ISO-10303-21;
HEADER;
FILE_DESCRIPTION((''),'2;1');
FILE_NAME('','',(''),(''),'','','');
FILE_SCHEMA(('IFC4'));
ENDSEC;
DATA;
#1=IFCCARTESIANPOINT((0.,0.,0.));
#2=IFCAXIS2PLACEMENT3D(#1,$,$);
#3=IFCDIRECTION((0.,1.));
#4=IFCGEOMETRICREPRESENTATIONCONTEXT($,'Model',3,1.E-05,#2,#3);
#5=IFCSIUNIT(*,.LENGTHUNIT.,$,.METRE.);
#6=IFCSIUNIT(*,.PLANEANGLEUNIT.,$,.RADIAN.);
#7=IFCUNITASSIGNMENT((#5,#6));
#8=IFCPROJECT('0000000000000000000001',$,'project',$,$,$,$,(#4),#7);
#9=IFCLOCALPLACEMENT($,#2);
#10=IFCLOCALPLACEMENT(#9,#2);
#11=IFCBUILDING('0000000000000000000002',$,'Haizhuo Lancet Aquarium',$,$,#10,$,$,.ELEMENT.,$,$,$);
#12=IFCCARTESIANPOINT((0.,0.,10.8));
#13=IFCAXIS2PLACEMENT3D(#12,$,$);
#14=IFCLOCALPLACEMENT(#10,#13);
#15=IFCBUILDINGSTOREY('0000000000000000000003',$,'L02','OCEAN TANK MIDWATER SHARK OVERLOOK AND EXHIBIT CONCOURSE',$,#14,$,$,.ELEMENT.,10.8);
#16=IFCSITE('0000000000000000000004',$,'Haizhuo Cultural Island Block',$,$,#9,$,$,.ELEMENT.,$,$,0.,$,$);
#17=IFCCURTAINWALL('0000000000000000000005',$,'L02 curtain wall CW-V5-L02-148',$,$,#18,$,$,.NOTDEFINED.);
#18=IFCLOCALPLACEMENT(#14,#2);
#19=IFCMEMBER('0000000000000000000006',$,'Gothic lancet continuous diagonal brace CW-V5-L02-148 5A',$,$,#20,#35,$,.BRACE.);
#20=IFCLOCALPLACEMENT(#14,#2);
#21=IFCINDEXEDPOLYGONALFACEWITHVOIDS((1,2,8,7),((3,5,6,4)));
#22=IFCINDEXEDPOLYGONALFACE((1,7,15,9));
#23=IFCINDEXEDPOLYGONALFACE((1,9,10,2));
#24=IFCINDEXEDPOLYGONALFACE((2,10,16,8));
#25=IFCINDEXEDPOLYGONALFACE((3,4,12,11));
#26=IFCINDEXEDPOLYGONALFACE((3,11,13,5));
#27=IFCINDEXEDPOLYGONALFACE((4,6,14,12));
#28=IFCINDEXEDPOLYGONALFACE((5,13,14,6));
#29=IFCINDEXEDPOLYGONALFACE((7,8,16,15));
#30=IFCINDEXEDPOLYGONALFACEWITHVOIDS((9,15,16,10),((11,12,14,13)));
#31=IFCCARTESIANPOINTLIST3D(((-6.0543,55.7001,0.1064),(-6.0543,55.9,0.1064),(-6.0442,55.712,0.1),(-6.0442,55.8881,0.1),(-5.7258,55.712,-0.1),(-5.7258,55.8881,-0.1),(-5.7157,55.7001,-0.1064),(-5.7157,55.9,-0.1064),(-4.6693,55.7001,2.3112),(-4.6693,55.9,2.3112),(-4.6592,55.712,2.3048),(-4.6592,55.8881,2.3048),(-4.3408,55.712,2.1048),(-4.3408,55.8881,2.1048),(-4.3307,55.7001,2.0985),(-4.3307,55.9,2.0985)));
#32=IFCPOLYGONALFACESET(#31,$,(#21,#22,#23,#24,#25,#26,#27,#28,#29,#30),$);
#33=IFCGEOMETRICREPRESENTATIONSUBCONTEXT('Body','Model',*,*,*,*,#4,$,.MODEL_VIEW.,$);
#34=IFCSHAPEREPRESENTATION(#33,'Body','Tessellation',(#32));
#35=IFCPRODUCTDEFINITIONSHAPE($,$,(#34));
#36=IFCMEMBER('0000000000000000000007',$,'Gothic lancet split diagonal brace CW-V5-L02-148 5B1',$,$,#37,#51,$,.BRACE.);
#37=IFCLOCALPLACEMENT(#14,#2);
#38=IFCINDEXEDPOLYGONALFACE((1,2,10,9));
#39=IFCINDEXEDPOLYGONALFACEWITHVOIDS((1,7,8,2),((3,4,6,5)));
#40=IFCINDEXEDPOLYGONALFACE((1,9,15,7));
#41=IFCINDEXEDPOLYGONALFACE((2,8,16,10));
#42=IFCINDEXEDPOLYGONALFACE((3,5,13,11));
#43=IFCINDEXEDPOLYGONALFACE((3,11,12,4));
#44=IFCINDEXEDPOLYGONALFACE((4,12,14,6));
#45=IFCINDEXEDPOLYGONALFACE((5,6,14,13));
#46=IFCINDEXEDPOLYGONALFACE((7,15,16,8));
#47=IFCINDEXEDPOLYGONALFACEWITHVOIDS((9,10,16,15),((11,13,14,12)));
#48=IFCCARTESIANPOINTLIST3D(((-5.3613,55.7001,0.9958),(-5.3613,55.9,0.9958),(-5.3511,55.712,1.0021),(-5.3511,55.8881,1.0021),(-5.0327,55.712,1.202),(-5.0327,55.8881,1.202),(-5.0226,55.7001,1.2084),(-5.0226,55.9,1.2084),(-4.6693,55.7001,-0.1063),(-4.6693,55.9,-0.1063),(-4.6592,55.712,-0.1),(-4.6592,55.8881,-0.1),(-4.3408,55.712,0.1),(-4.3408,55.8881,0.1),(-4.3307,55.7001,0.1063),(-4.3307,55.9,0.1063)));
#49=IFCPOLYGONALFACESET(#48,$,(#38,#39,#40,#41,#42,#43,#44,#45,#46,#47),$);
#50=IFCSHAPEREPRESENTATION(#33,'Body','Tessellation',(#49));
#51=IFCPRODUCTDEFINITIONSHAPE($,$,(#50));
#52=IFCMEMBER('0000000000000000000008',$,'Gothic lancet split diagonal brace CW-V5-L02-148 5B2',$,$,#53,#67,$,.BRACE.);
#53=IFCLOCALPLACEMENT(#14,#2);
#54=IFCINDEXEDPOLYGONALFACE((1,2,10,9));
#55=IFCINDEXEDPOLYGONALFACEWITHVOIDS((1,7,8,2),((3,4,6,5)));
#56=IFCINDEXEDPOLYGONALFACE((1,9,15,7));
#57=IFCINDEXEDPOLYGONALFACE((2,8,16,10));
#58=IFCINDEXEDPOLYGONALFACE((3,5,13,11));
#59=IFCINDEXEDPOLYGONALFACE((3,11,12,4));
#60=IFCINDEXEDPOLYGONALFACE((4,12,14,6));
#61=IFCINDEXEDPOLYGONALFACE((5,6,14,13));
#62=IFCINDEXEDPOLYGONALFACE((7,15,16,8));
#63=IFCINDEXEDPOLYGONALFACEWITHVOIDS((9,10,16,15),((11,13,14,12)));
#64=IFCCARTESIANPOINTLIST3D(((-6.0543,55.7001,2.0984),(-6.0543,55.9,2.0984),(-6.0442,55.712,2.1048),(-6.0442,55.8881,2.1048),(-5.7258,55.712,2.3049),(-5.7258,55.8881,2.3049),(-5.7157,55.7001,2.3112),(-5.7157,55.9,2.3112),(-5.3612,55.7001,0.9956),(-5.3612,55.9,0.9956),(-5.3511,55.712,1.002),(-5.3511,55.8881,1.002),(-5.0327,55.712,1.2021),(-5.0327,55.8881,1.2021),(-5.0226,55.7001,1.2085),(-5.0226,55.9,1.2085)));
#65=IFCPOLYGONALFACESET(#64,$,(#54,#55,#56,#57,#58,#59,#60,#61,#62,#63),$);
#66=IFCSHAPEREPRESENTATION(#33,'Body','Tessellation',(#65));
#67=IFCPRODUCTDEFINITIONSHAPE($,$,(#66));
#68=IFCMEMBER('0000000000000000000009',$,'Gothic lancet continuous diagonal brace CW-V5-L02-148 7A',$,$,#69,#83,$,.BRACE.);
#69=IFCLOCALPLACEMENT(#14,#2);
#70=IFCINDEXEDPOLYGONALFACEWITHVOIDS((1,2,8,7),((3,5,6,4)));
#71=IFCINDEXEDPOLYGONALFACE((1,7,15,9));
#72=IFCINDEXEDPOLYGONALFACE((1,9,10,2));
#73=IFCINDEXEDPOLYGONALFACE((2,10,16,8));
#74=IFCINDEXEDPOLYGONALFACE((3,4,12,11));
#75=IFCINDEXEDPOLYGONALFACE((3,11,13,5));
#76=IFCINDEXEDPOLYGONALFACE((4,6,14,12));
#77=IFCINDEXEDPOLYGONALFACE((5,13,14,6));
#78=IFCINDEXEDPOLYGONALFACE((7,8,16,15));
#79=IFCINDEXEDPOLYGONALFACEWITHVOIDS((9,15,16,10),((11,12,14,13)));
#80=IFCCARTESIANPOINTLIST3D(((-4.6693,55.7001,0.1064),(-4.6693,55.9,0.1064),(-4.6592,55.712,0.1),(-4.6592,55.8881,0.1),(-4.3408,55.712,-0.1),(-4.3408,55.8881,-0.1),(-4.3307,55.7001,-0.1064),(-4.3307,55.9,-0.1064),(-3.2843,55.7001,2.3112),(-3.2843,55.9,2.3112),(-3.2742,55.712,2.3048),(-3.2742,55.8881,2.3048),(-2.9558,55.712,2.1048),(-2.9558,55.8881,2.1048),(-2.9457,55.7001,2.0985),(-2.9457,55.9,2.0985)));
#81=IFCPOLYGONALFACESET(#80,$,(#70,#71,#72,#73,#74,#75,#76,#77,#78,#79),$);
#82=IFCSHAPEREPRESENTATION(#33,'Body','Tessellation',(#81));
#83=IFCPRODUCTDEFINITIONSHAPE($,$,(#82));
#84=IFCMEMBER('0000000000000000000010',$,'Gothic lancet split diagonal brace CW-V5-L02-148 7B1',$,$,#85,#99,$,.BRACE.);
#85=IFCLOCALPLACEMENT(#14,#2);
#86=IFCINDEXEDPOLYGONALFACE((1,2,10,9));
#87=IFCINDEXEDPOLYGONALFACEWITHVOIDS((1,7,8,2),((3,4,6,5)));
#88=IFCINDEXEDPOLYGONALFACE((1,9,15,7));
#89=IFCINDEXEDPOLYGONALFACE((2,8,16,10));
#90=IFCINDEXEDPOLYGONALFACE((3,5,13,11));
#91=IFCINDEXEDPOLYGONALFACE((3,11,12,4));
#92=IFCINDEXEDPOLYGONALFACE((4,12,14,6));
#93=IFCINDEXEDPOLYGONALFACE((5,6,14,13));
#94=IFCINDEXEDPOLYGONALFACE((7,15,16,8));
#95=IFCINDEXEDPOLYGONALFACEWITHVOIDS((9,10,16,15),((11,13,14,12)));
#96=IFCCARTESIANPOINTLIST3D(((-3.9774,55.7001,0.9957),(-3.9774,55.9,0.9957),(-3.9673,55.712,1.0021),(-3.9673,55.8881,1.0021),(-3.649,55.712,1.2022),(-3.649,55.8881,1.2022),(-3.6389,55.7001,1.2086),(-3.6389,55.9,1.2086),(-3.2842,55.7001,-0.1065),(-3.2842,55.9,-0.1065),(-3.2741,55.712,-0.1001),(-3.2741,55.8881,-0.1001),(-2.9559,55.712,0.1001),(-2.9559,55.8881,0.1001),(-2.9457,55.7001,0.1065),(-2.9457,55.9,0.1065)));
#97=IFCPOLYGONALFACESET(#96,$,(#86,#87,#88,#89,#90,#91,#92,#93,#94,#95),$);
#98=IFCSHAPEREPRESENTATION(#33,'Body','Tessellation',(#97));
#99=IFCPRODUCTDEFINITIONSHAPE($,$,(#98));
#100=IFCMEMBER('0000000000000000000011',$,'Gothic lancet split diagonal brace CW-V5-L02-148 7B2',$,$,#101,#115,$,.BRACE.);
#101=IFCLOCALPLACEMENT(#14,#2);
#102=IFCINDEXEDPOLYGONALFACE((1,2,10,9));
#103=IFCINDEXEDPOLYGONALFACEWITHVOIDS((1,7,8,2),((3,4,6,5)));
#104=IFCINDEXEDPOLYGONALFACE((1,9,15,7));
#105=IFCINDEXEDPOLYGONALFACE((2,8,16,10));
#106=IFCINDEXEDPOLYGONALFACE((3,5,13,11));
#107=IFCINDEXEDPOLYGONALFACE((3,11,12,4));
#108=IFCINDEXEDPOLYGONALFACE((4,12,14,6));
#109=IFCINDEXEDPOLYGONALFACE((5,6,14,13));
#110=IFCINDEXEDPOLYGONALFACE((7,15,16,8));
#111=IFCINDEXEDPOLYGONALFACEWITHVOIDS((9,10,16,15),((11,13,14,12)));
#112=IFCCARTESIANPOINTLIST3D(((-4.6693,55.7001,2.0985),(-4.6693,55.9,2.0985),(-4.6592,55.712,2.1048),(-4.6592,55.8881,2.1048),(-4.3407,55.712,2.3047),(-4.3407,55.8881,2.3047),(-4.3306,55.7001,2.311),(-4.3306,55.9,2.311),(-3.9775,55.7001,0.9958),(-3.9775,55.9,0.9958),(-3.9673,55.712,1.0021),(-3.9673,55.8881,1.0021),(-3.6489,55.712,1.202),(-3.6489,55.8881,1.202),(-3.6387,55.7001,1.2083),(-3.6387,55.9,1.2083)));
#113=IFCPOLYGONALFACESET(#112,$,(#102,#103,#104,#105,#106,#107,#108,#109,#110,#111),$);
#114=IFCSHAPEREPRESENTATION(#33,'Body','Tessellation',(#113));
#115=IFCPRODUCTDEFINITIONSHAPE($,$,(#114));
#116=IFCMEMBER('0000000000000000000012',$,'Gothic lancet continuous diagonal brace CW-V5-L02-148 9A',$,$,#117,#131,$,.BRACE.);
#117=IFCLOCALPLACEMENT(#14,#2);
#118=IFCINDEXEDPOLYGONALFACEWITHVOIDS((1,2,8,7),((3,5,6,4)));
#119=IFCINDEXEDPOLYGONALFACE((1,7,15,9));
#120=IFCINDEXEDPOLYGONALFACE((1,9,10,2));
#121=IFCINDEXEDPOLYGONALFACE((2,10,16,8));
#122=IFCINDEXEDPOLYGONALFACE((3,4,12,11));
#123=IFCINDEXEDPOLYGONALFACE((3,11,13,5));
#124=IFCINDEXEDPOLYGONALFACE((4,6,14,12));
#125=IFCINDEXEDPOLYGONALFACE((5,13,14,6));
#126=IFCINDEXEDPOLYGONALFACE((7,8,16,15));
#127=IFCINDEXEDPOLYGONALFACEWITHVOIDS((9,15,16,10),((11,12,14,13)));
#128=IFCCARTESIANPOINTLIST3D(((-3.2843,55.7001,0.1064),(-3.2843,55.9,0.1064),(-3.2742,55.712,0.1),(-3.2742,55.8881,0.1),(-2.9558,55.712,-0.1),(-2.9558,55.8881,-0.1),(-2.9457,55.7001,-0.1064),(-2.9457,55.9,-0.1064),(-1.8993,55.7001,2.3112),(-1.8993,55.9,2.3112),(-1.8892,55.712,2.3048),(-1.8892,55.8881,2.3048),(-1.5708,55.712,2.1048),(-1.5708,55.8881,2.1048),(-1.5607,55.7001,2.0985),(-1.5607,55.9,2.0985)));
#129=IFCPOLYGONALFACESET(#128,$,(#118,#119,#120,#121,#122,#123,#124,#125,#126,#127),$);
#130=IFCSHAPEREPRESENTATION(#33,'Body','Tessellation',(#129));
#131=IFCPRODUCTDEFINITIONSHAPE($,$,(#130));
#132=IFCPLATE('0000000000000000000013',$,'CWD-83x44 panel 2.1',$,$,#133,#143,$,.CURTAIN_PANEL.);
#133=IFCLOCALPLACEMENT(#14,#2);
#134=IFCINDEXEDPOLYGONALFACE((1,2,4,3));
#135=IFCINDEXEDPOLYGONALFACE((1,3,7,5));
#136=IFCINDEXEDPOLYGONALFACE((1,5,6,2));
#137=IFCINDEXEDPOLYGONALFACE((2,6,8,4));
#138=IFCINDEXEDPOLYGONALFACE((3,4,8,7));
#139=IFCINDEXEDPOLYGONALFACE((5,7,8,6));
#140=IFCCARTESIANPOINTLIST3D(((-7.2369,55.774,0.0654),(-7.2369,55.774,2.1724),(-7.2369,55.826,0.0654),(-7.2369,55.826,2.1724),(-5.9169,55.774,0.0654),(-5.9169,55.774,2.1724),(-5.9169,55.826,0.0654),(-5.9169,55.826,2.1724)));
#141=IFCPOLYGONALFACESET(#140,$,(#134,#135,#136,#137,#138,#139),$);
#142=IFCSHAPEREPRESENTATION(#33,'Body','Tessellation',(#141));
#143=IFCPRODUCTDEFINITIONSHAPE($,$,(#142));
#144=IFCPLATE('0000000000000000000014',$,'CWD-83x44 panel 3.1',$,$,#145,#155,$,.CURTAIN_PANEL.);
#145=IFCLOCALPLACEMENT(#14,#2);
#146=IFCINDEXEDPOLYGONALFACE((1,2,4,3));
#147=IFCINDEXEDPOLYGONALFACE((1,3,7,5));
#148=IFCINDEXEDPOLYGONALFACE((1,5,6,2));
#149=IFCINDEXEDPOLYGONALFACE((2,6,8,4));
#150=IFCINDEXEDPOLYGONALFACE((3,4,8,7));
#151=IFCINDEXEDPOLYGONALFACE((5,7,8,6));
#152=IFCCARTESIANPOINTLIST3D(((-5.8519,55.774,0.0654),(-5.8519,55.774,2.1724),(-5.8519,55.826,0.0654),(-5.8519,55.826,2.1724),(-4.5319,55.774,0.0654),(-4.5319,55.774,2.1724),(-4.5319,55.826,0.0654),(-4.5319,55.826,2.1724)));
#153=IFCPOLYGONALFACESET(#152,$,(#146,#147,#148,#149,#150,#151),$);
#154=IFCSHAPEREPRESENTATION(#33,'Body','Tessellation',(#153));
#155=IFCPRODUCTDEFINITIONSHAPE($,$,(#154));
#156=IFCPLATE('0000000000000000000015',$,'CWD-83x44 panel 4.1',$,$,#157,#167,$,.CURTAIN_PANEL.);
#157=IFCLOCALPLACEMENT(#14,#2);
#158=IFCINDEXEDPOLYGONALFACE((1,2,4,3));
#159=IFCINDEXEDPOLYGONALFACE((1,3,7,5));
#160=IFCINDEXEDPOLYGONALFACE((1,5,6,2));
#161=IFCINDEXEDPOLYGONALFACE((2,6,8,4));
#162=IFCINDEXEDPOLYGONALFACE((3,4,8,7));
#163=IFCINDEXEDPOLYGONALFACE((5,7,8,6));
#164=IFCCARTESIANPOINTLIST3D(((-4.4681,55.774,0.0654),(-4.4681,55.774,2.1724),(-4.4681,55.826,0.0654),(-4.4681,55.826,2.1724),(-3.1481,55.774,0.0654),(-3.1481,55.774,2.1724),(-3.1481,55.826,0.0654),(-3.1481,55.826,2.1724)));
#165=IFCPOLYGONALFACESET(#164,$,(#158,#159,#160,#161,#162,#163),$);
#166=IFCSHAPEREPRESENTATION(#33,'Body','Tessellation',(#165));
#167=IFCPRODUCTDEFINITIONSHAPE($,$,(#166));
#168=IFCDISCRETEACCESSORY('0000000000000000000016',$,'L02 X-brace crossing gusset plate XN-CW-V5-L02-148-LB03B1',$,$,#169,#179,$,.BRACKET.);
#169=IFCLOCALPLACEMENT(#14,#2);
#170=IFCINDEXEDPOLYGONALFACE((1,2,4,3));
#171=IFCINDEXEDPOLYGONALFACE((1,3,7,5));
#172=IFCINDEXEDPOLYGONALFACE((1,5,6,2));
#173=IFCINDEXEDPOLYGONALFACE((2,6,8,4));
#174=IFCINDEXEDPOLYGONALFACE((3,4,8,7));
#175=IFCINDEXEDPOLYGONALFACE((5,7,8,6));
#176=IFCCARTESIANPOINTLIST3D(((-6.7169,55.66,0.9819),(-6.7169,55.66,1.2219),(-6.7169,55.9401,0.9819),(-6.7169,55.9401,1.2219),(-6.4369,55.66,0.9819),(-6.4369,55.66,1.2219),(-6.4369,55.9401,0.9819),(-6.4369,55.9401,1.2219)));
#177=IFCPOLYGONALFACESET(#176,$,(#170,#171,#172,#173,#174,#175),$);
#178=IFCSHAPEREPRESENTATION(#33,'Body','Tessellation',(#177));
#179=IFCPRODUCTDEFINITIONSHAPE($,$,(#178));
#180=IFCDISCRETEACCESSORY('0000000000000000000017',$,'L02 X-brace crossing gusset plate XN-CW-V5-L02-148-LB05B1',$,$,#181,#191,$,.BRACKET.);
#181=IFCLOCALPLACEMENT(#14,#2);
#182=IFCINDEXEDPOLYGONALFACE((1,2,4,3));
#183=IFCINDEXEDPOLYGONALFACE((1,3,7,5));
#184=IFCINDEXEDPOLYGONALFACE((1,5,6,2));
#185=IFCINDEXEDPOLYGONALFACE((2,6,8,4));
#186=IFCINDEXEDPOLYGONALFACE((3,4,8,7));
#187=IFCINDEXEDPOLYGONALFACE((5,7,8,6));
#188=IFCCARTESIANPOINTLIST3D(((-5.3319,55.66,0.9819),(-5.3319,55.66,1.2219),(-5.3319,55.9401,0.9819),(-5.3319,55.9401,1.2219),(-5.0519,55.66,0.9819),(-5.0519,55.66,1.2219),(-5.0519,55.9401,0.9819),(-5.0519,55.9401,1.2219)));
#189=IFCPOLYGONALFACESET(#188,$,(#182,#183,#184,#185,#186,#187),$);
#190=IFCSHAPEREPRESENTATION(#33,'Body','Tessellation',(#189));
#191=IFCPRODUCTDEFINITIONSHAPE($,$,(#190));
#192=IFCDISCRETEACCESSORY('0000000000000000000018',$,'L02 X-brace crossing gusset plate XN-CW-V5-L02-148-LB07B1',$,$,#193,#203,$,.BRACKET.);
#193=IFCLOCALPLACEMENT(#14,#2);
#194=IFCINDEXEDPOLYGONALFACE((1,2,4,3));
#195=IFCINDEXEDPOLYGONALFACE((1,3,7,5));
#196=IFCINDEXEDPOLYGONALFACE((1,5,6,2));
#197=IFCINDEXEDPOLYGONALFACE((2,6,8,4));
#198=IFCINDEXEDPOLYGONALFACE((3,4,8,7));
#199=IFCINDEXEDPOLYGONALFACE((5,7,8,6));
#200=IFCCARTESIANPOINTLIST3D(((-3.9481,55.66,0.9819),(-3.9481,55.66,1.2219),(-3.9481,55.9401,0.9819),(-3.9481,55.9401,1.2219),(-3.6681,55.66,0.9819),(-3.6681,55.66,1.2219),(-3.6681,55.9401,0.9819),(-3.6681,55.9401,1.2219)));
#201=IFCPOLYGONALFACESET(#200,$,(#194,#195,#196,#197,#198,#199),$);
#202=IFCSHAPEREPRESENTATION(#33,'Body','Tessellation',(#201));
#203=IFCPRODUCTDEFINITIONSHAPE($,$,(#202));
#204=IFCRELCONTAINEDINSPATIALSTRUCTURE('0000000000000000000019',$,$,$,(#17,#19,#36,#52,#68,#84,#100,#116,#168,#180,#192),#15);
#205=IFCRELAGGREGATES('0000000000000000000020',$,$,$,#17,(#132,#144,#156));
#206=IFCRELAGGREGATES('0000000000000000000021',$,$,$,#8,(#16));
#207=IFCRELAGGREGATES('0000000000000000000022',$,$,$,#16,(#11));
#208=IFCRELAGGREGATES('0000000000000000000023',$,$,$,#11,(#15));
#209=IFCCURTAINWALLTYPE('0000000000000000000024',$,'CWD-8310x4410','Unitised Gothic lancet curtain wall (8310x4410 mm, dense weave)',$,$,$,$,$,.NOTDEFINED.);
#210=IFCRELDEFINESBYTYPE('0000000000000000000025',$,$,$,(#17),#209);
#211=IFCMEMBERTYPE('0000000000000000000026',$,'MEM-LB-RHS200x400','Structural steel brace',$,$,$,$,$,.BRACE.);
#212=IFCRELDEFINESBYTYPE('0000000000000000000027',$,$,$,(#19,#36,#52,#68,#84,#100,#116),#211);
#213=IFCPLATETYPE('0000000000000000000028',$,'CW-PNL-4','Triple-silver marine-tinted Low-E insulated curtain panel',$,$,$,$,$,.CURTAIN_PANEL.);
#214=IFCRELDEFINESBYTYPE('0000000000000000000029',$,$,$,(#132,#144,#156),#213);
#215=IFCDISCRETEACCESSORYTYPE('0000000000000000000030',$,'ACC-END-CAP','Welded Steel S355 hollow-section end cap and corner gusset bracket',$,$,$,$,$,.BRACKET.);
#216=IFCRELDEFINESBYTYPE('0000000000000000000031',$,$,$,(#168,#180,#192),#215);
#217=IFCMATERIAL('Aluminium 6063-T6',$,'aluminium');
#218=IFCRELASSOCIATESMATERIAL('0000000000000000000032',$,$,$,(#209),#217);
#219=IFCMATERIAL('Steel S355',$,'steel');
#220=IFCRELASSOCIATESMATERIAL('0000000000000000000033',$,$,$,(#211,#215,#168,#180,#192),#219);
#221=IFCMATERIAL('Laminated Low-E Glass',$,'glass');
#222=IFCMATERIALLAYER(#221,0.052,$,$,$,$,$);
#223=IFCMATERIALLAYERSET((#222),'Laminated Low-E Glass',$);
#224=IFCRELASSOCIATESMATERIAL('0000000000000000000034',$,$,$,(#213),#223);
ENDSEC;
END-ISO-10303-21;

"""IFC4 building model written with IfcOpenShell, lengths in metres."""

from ifc_helpers import new_model, si_unit, direction, frame, origin, origin_2d, place, context, subcontext, project, spatial, rectangle, hollow_rectangle, extrude, material, layer, layer_set, material_profile, profile_set, type_object, element, aggregate, save


model = new_model("IFC4")

# Units and contexts
model_context = context("Model", 3, precision=1e-05, world=origin(), true_north=direction((0.0, 1.0)))
body_context = subcontext(model_context, "Body", "Model", "MODEL_VIEW")
ifc_project = project(units=[si_unit("LENGTHUNIT", "METRE"), si_unit("PLANEANGLEUNIT", "RADIAN")], contexts=[model_context])

# Site, building, storey
site_placement = place(None, origin())
site = spatial("IfcSite", under=ifc_project, at=site_placement, Name="Haizhuo Cultural Island Block", CompositionType="ELEMENT", RefElevation=0.0)
building_placement = place(site_placement, origin())
building = spatial("IfcBuilding", under=site, at=building_placement, Name="Haizhuo Lancet Aquarium", CompositionType="ELEMENT")
storey_placement = place(building_placement, frame((0.0, 0.0, 10.8)))
storey = spatial("IfcBuildingStorey", under=building, at=storey_placement, Name="L02", Description="OCEAN TANK MIDWATER SHARK OVERLOOK AND EXHIBIT CONCOURSE", CompositionType="ELEMENT", Elevation=10.8)

# Curtain wall
ifc_material_1 = material(Name="Aluminium 6063-T6", Category="aluminium")
curtain_wall_type = type_object("IfcCurtainWallType", Name="CWD-8310x4410", Description="Unitised Gothic lancet curtain wall (8310x4410 mm, dense weave)", PredefinedType="NOTDEFINED", material=ifc_material_1)
curtain_wall_placement = place(storey_placement, origin())
curtain_wall = element("IfcCurtainWall", 1, at=curtain_wall_placement, inside=storey, type_object=curtain_wall_type, Name="L02 curtain wall CW-V5-L02-148", PredefinedType="NOTDEFINED")

# Members
ifc_material_2 = material(Name="Steel S355", Category="steel")
ifc_material_profile_1 = material_profile(ifc_material_2, hollow_rectangle(XDim=0.2, YDim=0.3999, WallThickness=0.012, at=origin_2d()), Name="RHS 200x400x12")
ifc_profile_set_1 = profile_set([ifc_material_profile_1], Name="Steel S355")
member_type_1 = type_object("IfcMemberType", Name="MEM-LB-RHS200x400", Description="Structural steel brace", PredefinedType="BRACE", material=ifc_profile_set_1)
member_1_placement = place(storey_placement, frame((-5.885, 55.8, 0.0), z_axis=(0.531928, 0.0, 0.84679), x_axis=(0.0, 1.0, 0.0)))
element("IfcMember", 2, at=member_1_placement, inside=storey, type_object=member_type_1, Name="Gothic lancet continuous diagonal brace CW-V5-L02-148 5A", PredefinedType="BRACE", context=body_context, shape_type="SweptSolid", body=[
    extrude(hollow_rectangle(XDim=0.2, YDim=0.3999, WallThickness=0.012, at=origin_2d()), origin(), (0.0, 0.0, 1.0), 2.6038),
])
member_2_placement = place(storey_placement, frame((-4.5, 55.8, 0.0), z_axis=(-0.531718, 0.0, 0.846921), x_axis=(0.0, -1.0, 0.0)))
element("IfcMember", 3, at=member_2_placement, inside=storey, type_object=member_type_1, Name="Gothic lancet split diagonal brace CW-V5-L02-148 5B1", PredefinedType="BRACE", context=body_context, shape_type="SweptSolid", body=[
    extrude(hollow_rectangle(XDim=0.2, YDim=0.3999, WallThickness=0.012, at=origin_2d()), origin(), (0.0, 0.0, 1.0), 1.3013),
])
member_3_placement = place(storey_placement, frame((-5.1919, 55.8, 1.1021), z_axis=(-0.532137, 0.0, 0.846658), x_axis=(0.0, -1.0, 0.0)))
element("IfcMember", 4, at=member_3_placement, inside=storey, type_object=member_type_1, Name="Gothic lancet split diagonal brace CW-V5-L02-148 5B2", PredefinedType="BRACE", context=body_context, shape_type="SweptSolid", body=[
    extrude(hollow_rectangle(XDim=0.2, YDim=0.3999, WallThickness=0.012, at=origin_2d()), origin(), (0.0, 0.0, 1.0), 1.3025),
])
member_4_placement = place(storey_placement, frame((-4.5, 55.8, 0.0), z_axis=(0.531928, 0.0, 0.84679), x_axis=(0.0, 1.0, 0.0)))
element("IfcMember", 5, at=member_4_placement, inside=storey, type_object=member_type_1, Name="Gothic lancet continuous diagonal brace CW-V5-L02-148 7A", PredefinedType="BRACE", context=body_context, shape_type="SweptSolid", body=[
    extrude(hollow_rectangle(XDim=0.2, YDim=0.3999, WallThickness=0.012, at=origin_2d()), origin(), (0.0, 0.0, 1.0), 2.6038),
])
member_5_placement = place(storey_placement, frame((-3.115, 55.8, 0.0), z_axis=(-0.53239, 0.0, 0.846499), x_axis=(0.0, -1.0, 0.0)))
element("IfcMember", 6, at=member_5_placement, inside=storey, type_object=member_type_1, Name="Gothic lancet split diagonal brace CW-V5-L02-148 7B1", PredefinedType="BRACE", context=body_context, shape_type="SweptSolid", body=[
    extrude(hollow_rectangle(XDim=0.2, YDim=0.3999, WallThickness=0.012, at=origin_2d()), origin(), (0.0, 0.0, 1.0), 1.302),
])
member_6_placement = place(storey_placement, frame((-3.8081, 55.8, 1.1021), z_axis=(-0.531465, 0.0, 0.84708), x_axis=(0.0, -1.0, 0.0)))
element("IfcMember", 7, at=member_6_placement, inside=storey, type_object=member_type_1, Name="Gothic lancet split diagonal brace CW-V5-L02-148 7B2", PredefinedType="BRACE", context=body_context, shape_type="SweptSolid", body=[
    extrude(hollow_rectangle(XDim=0.2, YDim=0.3999, WallThickness=0.012, at=origin_2d()), origin(), (0.0, 0.0, 1.0), 1.3018),
])
member_7_placement = place(storey_placement, frame((-3.115, 55.8, 0.0), z_axis=(0.531928, 0.0, 0.84679), x_axis=(0.0, 1.0, 0.0)))
element("IfcMember", 8, at=member_7_placement, inside=storey, type_object=member_type_1, Name="Gothic lancet continuous diagonal brace CW-V5-L02-148 9A", PredefinedType="BRACE", context=body_context, shape_type="SweptSolid", body=[
    extrude(hollow_rectangle(XDim=0.2, YDim=0.3999, WallThickness=0.012, at=origin_2d()), origin(), (0.0, 0.0, 1.0), 2.6038),
])

# Plates
ifc_material_3 = material(Name="Laminated Low-E Glass", Category="glass")
ifc_layer = layer(ifc_material_3, 0.052)
ifc_layer_set = layer_set([ifc_layer], Name="Laminated Low-E Glass")
plate_type = type_object("IfcPlateType", Name="CW-PNL-4", Description="Triple-silver marine-tinted Low-E insulated curtain panel", PredefinedType="CURTAIN_PANEL", material=ifc_layer_set)
plate_1_placement = place(storey_placement, frame((-6.5769, 55.8, 0.0654), z_axis=(0.0, 0.0, 1.0), x_axis=(1.0, 0.0, 0.0)))
plate_1 = element("IfcPlate", 9, at=plate_1_placement, type_object=plate_type, Name="CWD-83x44 panel 2.1", PredefinedType="CURTAIN_PANEL", context=body_context, shape_type="SweptSolid", body=[
    extrude(rectangle(XDim=1.3201, YDim=0.052, at=origin_2d()), origin(), (0.0, 0.0, 1.0), 2.1069),
])
plate_2_placement = place(storey_placement, frame((-5.1919, 55.8, 0.0654), z_axis=(0.0, 0.0, 1.0), x_axis=(1.0, 0.0, 0.0)))
plate_2 = element("IfcPlate", 10, at=plate_2_placement, type_object=plate_type, Name="CWD-83x44 panel 3.1", PredefinedType="CURTAIN_PANEL", context=body_context, shape_type="SweptSolid", body=[
    extrude(rectangle(XDim=1.3201, YDim=0.052, at=origin_2d()), origin(), (0.0, 0.0, 1.0), 2.1069),
])
plate_3_placement = place(storey_placement, frame((-3.8081, 55.8, 0.0654), z_axis=(0.0, 0.0, 1.0), x_axis=(1.0, 0.0, 0.0)))
plate_3 = element("IfcPlate", 11, at=plate_3_placement, type_object=plate_type, Name="CWD-83x44 panel 4.1", PredefinedType="CURTAIN_PANEL", context=body_context, shape_type="SweptSolid", body=[
    extrude(rectangle(XDim=1.3201, YDim=0.052, at=origin_2d()), origin(), (0.0, 0.0, 1.0), 2.1069),
])
aggregate(curtain_wall, [plate_1, plate_2, plate_3])

# Discrete accessories
discrete_accessory_type = type_object("IfcDiscreteAccessoryType", Name="ACC-END-CAP", Description="Welded Steel S355 hollow-section end cap and corner gusset bracket", PredefinedType="BRACKET", material=ifc_material_2)
for number, where, z_axis, x_axis, name in (
    (12, (-6.5769, 55.8, 0.9819), (0.0, 0.0, 1.0), (1.0, 0.0, 0.0), "L02 X-brace crossing gusset plate XN-CW-V5-L02-148-LB03B1"),
    (13, (-5.1919, 55.8, 0.9819), (0.0, 0.0, 1.0), (1.0, 0.0, 0.0), "L02 X-brace crossing gusset plate XN-CW-V5-L02-148-LB05B1"),
    (14, (-3.8081, 55.8, 0.9819), (0.0, 0.0, 1.0), (1.0, 0.0, 0.0), "L02 X-brace crossing gusset plate XN-CW-V5-L02-148-LB07B1"),
):
    element("IfcDiscreteAccessory", number, at=place(storey_placement, frame(where, z_axis=z_axis, x_axis=x_axis)), inside=storey, type_object=discrete_accessory_type, material=ifc_material_2, Name=name, PredefinedType="BRACKET", context=body_context, shape_type="SweptSolid", body=[
        extrude(rectangle(XDim=0.28, YDim=0.28, at=origin_2d()), origin(), (0.0, 0.0, 1.0), 0.24),
    ])

save(model, "model.ifc")
